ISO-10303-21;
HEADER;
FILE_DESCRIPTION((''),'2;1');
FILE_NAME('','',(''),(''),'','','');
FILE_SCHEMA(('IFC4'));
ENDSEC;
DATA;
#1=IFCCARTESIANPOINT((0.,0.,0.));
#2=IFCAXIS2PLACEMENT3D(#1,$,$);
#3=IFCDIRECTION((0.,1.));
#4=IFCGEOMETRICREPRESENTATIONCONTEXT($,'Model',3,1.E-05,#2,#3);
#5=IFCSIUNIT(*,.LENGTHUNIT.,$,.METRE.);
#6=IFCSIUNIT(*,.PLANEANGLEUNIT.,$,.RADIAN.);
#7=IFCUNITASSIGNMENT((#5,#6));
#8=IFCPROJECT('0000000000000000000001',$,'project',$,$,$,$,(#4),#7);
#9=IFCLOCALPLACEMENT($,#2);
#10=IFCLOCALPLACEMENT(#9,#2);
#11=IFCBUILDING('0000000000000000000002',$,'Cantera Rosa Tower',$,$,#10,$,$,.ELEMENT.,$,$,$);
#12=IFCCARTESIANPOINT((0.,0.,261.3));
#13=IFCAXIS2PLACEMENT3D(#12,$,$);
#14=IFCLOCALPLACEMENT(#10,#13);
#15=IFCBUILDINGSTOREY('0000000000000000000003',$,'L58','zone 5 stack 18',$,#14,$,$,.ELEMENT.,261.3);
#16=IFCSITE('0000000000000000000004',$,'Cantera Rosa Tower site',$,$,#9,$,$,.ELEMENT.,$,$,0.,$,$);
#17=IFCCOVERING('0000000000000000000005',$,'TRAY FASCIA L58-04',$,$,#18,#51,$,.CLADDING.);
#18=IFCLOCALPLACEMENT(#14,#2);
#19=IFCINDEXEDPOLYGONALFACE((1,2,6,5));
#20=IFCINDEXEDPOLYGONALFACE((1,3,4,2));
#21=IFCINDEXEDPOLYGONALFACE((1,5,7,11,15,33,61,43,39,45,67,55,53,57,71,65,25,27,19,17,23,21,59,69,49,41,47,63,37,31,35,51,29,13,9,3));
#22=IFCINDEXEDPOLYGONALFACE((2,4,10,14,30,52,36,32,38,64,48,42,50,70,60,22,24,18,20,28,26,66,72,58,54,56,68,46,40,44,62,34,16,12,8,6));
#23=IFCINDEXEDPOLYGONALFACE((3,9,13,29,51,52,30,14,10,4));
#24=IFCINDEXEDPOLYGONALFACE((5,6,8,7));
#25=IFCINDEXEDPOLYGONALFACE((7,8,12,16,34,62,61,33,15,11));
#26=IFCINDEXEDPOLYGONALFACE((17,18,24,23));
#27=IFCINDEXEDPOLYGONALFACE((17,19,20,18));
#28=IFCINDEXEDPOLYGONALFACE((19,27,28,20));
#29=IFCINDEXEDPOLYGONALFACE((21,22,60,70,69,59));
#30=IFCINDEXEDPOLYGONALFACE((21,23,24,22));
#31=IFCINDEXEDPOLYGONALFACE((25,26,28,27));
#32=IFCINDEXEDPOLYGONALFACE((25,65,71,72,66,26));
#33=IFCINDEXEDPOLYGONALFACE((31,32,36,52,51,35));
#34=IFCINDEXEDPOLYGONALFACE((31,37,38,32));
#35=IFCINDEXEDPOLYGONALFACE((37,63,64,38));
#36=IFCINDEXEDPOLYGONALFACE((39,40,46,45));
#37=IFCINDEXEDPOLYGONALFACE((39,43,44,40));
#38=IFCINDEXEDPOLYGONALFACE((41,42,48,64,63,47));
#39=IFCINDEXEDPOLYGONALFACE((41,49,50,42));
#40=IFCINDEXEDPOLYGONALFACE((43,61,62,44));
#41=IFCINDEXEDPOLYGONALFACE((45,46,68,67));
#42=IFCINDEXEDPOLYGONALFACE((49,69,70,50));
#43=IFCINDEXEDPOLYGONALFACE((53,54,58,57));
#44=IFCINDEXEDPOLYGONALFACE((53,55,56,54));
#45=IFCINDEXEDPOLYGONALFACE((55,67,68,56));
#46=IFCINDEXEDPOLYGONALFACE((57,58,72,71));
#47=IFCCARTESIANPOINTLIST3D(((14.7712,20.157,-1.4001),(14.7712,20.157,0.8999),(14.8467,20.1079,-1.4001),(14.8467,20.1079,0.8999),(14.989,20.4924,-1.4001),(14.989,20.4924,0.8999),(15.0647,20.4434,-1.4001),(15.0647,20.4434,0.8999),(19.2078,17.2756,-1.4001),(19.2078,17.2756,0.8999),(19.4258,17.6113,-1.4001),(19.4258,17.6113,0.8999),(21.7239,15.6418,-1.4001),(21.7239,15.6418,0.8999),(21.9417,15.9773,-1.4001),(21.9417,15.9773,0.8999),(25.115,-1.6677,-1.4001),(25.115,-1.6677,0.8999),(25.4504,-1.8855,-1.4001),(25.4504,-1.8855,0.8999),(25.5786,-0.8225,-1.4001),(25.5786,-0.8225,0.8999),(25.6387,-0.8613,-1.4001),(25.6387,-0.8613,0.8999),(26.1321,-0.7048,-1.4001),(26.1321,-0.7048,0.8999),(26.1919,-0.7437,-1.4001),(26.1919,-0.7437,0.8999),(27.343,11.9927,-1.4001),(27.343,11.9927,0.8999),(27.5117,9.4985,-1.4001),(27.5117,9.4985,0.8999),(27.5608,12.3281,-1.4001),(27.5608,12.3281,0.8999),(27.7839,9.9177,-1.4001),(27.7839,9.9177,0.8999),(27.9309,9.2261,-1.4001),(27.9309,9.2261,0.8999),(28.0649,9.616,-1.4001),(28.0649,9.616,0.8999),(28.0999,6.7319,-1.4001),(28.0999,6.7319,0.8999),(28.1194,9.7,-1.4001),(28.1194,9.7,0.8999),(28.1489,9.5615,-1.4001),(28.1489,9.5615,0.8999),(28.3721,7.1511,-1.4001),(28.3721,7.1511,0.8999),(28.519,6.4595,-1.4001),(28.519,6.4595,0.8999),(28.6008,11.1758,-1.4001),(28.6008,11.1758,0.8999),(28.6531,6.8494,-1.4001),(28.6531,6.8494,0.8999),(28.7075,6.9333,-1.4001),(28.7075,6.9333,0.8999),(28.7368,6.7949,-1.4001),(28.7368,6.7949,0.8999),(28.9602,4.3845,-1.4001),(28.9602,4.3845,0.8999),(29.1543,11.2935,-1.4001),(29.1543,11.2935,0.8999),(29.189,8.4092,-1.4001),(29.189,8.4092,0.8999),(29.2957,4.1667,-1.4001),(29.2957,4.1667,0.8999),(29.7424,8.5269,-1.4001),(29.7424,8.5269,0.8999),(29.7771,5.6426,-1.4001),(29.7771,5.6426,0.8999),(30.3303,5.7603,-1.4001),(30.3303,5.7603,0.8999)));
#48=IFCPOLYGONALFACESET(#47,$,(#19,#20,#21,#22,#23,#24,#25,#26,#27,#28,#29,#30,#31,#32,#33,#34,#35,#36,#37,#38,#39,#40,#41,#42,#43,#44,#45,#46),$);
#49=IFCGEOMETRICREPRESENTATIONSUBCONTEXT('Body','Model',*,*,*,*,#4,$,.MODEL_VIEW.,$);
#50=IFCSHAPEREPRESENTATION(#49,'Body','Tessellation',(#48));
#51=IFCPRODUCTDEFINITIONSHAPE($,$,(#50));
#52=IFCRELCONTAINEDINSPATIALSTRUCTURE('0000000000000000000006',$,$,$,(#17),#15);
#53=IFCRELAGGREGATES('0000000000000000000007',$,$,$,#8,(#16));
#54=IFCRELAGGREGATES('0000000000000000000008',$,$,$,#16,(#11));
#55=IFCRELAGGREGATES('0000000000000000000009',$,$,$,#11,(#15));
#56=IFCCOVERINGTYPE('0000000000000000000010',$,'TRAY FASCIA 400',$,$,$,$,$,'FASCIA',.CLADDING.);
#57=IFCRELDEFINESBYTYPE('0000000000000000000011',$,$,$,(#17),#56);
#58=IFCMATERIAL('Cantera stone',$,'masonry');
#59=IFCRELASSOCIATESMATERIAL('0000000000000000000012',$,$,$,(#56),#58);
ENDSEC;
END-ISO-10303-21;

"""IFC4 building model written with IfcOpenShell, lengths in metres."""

from ifc_helpers import new_model, si_unit, direction, frame, origin, place, context, subcontext, project, spatial, polyline, outline, extrude, material, type_object, element, save


model = new_model("IFC4")

# Units and contexts
model_context = context("Model", 3, precision=1e-05, world=origin(), true_north=direction((0.0, 1.0)))
body_context = subcontext(model_context, "Body", "Model", "MODEL_VIEW")
ifc_project = project(units=[si_unit("LENGTHUNIT", "METRE"), si_unit("PLANEANGLEUNIT", "RADIAN")], contexts=[model_context])

# Site, building, storey
site_placement = place(None, origin())
site = spatial("IfcSite", under=ifc_project, at=site_placement, Name="Cantera Rosa Tower site", CompositionType="ELEMENT", RefElevation=0.0)
building_placement = place(site_placement, origin())
building = spatial("IfcBuilding", under=site, at=building_placement, Name="Cantera Rosa Tower", CompositionType="ELEMENT")
storey_placement = place(building_placement, frame((0.0, 0.0, 261.3)))
storey = spatial("IfcBuildingStorey", under=building, at=storey_placement, Name="L58", Description="zone 5 stack 18", CompositionType="ELEMENT", Elevation=261.3)

# Covering
ifc_material_1 = material(Name="Cantera stone", Category="masonry")
covering_type_1 = type_object("IfcCoveringType", Name="TRAY FASCIA 400", ElementType="FASCIA", PredefinedType="CLADDING", material=ifc_material_1)
covering_1_placement = place(storey_placement, frame((0.0, 0.0, -1.4001)))
element("IfcCovering", 1, at=covering_1_placement, inside=storey, type_object=covering_type_1, Name="TRAY FASCIA L58-04", PredefinedType="CLADDING", context=body_context, shape_type="SweptSolid", body=[
    extrude(outline(polyline([(15.0647, 20.4434), (19.4258, 17.6113), (21.9417, 15.9773), (27.5608, 12.3281), (29.1543, 11.2935), (28.1194, 9.7), (28.0649, 9.616), (28.1489, 9.5615), (29.7424, 8.5269), (28.7075, 6.9333), (28.6531, 6.8494), (28.7368, 6.7949), (30.3303, 5.7603), (29.2957, 4.1667), (26.1321, -0.7048), (26.1919, -0.7437), (25.4504, -1.8855), (25.115, -1.6677), (25.6387, -0.8613), (25.5786, -0.8225), (28.9602, 4.3845), (29.7771, 5.6426), (28.519, 6.4595), (28.0999, 6.7319), (28.3721, 7.1511), (29.189, 8.4092), (27.9309, 9.2261), (27.5117, 9.4985), (27.7839, 9.9177), (28.6008, 11.1758), (27.343, 11.9927), (21.7239, 15.6418), (19.2078, 17.2756), (14.8467, 20.1079), (14.7712, 20.157), (14.989, 20.4924), (15.0647, 20.4434)])), origin(), (0.0, 0.0, 1.0), 2.3),
])

save(model, "model.ifc")
